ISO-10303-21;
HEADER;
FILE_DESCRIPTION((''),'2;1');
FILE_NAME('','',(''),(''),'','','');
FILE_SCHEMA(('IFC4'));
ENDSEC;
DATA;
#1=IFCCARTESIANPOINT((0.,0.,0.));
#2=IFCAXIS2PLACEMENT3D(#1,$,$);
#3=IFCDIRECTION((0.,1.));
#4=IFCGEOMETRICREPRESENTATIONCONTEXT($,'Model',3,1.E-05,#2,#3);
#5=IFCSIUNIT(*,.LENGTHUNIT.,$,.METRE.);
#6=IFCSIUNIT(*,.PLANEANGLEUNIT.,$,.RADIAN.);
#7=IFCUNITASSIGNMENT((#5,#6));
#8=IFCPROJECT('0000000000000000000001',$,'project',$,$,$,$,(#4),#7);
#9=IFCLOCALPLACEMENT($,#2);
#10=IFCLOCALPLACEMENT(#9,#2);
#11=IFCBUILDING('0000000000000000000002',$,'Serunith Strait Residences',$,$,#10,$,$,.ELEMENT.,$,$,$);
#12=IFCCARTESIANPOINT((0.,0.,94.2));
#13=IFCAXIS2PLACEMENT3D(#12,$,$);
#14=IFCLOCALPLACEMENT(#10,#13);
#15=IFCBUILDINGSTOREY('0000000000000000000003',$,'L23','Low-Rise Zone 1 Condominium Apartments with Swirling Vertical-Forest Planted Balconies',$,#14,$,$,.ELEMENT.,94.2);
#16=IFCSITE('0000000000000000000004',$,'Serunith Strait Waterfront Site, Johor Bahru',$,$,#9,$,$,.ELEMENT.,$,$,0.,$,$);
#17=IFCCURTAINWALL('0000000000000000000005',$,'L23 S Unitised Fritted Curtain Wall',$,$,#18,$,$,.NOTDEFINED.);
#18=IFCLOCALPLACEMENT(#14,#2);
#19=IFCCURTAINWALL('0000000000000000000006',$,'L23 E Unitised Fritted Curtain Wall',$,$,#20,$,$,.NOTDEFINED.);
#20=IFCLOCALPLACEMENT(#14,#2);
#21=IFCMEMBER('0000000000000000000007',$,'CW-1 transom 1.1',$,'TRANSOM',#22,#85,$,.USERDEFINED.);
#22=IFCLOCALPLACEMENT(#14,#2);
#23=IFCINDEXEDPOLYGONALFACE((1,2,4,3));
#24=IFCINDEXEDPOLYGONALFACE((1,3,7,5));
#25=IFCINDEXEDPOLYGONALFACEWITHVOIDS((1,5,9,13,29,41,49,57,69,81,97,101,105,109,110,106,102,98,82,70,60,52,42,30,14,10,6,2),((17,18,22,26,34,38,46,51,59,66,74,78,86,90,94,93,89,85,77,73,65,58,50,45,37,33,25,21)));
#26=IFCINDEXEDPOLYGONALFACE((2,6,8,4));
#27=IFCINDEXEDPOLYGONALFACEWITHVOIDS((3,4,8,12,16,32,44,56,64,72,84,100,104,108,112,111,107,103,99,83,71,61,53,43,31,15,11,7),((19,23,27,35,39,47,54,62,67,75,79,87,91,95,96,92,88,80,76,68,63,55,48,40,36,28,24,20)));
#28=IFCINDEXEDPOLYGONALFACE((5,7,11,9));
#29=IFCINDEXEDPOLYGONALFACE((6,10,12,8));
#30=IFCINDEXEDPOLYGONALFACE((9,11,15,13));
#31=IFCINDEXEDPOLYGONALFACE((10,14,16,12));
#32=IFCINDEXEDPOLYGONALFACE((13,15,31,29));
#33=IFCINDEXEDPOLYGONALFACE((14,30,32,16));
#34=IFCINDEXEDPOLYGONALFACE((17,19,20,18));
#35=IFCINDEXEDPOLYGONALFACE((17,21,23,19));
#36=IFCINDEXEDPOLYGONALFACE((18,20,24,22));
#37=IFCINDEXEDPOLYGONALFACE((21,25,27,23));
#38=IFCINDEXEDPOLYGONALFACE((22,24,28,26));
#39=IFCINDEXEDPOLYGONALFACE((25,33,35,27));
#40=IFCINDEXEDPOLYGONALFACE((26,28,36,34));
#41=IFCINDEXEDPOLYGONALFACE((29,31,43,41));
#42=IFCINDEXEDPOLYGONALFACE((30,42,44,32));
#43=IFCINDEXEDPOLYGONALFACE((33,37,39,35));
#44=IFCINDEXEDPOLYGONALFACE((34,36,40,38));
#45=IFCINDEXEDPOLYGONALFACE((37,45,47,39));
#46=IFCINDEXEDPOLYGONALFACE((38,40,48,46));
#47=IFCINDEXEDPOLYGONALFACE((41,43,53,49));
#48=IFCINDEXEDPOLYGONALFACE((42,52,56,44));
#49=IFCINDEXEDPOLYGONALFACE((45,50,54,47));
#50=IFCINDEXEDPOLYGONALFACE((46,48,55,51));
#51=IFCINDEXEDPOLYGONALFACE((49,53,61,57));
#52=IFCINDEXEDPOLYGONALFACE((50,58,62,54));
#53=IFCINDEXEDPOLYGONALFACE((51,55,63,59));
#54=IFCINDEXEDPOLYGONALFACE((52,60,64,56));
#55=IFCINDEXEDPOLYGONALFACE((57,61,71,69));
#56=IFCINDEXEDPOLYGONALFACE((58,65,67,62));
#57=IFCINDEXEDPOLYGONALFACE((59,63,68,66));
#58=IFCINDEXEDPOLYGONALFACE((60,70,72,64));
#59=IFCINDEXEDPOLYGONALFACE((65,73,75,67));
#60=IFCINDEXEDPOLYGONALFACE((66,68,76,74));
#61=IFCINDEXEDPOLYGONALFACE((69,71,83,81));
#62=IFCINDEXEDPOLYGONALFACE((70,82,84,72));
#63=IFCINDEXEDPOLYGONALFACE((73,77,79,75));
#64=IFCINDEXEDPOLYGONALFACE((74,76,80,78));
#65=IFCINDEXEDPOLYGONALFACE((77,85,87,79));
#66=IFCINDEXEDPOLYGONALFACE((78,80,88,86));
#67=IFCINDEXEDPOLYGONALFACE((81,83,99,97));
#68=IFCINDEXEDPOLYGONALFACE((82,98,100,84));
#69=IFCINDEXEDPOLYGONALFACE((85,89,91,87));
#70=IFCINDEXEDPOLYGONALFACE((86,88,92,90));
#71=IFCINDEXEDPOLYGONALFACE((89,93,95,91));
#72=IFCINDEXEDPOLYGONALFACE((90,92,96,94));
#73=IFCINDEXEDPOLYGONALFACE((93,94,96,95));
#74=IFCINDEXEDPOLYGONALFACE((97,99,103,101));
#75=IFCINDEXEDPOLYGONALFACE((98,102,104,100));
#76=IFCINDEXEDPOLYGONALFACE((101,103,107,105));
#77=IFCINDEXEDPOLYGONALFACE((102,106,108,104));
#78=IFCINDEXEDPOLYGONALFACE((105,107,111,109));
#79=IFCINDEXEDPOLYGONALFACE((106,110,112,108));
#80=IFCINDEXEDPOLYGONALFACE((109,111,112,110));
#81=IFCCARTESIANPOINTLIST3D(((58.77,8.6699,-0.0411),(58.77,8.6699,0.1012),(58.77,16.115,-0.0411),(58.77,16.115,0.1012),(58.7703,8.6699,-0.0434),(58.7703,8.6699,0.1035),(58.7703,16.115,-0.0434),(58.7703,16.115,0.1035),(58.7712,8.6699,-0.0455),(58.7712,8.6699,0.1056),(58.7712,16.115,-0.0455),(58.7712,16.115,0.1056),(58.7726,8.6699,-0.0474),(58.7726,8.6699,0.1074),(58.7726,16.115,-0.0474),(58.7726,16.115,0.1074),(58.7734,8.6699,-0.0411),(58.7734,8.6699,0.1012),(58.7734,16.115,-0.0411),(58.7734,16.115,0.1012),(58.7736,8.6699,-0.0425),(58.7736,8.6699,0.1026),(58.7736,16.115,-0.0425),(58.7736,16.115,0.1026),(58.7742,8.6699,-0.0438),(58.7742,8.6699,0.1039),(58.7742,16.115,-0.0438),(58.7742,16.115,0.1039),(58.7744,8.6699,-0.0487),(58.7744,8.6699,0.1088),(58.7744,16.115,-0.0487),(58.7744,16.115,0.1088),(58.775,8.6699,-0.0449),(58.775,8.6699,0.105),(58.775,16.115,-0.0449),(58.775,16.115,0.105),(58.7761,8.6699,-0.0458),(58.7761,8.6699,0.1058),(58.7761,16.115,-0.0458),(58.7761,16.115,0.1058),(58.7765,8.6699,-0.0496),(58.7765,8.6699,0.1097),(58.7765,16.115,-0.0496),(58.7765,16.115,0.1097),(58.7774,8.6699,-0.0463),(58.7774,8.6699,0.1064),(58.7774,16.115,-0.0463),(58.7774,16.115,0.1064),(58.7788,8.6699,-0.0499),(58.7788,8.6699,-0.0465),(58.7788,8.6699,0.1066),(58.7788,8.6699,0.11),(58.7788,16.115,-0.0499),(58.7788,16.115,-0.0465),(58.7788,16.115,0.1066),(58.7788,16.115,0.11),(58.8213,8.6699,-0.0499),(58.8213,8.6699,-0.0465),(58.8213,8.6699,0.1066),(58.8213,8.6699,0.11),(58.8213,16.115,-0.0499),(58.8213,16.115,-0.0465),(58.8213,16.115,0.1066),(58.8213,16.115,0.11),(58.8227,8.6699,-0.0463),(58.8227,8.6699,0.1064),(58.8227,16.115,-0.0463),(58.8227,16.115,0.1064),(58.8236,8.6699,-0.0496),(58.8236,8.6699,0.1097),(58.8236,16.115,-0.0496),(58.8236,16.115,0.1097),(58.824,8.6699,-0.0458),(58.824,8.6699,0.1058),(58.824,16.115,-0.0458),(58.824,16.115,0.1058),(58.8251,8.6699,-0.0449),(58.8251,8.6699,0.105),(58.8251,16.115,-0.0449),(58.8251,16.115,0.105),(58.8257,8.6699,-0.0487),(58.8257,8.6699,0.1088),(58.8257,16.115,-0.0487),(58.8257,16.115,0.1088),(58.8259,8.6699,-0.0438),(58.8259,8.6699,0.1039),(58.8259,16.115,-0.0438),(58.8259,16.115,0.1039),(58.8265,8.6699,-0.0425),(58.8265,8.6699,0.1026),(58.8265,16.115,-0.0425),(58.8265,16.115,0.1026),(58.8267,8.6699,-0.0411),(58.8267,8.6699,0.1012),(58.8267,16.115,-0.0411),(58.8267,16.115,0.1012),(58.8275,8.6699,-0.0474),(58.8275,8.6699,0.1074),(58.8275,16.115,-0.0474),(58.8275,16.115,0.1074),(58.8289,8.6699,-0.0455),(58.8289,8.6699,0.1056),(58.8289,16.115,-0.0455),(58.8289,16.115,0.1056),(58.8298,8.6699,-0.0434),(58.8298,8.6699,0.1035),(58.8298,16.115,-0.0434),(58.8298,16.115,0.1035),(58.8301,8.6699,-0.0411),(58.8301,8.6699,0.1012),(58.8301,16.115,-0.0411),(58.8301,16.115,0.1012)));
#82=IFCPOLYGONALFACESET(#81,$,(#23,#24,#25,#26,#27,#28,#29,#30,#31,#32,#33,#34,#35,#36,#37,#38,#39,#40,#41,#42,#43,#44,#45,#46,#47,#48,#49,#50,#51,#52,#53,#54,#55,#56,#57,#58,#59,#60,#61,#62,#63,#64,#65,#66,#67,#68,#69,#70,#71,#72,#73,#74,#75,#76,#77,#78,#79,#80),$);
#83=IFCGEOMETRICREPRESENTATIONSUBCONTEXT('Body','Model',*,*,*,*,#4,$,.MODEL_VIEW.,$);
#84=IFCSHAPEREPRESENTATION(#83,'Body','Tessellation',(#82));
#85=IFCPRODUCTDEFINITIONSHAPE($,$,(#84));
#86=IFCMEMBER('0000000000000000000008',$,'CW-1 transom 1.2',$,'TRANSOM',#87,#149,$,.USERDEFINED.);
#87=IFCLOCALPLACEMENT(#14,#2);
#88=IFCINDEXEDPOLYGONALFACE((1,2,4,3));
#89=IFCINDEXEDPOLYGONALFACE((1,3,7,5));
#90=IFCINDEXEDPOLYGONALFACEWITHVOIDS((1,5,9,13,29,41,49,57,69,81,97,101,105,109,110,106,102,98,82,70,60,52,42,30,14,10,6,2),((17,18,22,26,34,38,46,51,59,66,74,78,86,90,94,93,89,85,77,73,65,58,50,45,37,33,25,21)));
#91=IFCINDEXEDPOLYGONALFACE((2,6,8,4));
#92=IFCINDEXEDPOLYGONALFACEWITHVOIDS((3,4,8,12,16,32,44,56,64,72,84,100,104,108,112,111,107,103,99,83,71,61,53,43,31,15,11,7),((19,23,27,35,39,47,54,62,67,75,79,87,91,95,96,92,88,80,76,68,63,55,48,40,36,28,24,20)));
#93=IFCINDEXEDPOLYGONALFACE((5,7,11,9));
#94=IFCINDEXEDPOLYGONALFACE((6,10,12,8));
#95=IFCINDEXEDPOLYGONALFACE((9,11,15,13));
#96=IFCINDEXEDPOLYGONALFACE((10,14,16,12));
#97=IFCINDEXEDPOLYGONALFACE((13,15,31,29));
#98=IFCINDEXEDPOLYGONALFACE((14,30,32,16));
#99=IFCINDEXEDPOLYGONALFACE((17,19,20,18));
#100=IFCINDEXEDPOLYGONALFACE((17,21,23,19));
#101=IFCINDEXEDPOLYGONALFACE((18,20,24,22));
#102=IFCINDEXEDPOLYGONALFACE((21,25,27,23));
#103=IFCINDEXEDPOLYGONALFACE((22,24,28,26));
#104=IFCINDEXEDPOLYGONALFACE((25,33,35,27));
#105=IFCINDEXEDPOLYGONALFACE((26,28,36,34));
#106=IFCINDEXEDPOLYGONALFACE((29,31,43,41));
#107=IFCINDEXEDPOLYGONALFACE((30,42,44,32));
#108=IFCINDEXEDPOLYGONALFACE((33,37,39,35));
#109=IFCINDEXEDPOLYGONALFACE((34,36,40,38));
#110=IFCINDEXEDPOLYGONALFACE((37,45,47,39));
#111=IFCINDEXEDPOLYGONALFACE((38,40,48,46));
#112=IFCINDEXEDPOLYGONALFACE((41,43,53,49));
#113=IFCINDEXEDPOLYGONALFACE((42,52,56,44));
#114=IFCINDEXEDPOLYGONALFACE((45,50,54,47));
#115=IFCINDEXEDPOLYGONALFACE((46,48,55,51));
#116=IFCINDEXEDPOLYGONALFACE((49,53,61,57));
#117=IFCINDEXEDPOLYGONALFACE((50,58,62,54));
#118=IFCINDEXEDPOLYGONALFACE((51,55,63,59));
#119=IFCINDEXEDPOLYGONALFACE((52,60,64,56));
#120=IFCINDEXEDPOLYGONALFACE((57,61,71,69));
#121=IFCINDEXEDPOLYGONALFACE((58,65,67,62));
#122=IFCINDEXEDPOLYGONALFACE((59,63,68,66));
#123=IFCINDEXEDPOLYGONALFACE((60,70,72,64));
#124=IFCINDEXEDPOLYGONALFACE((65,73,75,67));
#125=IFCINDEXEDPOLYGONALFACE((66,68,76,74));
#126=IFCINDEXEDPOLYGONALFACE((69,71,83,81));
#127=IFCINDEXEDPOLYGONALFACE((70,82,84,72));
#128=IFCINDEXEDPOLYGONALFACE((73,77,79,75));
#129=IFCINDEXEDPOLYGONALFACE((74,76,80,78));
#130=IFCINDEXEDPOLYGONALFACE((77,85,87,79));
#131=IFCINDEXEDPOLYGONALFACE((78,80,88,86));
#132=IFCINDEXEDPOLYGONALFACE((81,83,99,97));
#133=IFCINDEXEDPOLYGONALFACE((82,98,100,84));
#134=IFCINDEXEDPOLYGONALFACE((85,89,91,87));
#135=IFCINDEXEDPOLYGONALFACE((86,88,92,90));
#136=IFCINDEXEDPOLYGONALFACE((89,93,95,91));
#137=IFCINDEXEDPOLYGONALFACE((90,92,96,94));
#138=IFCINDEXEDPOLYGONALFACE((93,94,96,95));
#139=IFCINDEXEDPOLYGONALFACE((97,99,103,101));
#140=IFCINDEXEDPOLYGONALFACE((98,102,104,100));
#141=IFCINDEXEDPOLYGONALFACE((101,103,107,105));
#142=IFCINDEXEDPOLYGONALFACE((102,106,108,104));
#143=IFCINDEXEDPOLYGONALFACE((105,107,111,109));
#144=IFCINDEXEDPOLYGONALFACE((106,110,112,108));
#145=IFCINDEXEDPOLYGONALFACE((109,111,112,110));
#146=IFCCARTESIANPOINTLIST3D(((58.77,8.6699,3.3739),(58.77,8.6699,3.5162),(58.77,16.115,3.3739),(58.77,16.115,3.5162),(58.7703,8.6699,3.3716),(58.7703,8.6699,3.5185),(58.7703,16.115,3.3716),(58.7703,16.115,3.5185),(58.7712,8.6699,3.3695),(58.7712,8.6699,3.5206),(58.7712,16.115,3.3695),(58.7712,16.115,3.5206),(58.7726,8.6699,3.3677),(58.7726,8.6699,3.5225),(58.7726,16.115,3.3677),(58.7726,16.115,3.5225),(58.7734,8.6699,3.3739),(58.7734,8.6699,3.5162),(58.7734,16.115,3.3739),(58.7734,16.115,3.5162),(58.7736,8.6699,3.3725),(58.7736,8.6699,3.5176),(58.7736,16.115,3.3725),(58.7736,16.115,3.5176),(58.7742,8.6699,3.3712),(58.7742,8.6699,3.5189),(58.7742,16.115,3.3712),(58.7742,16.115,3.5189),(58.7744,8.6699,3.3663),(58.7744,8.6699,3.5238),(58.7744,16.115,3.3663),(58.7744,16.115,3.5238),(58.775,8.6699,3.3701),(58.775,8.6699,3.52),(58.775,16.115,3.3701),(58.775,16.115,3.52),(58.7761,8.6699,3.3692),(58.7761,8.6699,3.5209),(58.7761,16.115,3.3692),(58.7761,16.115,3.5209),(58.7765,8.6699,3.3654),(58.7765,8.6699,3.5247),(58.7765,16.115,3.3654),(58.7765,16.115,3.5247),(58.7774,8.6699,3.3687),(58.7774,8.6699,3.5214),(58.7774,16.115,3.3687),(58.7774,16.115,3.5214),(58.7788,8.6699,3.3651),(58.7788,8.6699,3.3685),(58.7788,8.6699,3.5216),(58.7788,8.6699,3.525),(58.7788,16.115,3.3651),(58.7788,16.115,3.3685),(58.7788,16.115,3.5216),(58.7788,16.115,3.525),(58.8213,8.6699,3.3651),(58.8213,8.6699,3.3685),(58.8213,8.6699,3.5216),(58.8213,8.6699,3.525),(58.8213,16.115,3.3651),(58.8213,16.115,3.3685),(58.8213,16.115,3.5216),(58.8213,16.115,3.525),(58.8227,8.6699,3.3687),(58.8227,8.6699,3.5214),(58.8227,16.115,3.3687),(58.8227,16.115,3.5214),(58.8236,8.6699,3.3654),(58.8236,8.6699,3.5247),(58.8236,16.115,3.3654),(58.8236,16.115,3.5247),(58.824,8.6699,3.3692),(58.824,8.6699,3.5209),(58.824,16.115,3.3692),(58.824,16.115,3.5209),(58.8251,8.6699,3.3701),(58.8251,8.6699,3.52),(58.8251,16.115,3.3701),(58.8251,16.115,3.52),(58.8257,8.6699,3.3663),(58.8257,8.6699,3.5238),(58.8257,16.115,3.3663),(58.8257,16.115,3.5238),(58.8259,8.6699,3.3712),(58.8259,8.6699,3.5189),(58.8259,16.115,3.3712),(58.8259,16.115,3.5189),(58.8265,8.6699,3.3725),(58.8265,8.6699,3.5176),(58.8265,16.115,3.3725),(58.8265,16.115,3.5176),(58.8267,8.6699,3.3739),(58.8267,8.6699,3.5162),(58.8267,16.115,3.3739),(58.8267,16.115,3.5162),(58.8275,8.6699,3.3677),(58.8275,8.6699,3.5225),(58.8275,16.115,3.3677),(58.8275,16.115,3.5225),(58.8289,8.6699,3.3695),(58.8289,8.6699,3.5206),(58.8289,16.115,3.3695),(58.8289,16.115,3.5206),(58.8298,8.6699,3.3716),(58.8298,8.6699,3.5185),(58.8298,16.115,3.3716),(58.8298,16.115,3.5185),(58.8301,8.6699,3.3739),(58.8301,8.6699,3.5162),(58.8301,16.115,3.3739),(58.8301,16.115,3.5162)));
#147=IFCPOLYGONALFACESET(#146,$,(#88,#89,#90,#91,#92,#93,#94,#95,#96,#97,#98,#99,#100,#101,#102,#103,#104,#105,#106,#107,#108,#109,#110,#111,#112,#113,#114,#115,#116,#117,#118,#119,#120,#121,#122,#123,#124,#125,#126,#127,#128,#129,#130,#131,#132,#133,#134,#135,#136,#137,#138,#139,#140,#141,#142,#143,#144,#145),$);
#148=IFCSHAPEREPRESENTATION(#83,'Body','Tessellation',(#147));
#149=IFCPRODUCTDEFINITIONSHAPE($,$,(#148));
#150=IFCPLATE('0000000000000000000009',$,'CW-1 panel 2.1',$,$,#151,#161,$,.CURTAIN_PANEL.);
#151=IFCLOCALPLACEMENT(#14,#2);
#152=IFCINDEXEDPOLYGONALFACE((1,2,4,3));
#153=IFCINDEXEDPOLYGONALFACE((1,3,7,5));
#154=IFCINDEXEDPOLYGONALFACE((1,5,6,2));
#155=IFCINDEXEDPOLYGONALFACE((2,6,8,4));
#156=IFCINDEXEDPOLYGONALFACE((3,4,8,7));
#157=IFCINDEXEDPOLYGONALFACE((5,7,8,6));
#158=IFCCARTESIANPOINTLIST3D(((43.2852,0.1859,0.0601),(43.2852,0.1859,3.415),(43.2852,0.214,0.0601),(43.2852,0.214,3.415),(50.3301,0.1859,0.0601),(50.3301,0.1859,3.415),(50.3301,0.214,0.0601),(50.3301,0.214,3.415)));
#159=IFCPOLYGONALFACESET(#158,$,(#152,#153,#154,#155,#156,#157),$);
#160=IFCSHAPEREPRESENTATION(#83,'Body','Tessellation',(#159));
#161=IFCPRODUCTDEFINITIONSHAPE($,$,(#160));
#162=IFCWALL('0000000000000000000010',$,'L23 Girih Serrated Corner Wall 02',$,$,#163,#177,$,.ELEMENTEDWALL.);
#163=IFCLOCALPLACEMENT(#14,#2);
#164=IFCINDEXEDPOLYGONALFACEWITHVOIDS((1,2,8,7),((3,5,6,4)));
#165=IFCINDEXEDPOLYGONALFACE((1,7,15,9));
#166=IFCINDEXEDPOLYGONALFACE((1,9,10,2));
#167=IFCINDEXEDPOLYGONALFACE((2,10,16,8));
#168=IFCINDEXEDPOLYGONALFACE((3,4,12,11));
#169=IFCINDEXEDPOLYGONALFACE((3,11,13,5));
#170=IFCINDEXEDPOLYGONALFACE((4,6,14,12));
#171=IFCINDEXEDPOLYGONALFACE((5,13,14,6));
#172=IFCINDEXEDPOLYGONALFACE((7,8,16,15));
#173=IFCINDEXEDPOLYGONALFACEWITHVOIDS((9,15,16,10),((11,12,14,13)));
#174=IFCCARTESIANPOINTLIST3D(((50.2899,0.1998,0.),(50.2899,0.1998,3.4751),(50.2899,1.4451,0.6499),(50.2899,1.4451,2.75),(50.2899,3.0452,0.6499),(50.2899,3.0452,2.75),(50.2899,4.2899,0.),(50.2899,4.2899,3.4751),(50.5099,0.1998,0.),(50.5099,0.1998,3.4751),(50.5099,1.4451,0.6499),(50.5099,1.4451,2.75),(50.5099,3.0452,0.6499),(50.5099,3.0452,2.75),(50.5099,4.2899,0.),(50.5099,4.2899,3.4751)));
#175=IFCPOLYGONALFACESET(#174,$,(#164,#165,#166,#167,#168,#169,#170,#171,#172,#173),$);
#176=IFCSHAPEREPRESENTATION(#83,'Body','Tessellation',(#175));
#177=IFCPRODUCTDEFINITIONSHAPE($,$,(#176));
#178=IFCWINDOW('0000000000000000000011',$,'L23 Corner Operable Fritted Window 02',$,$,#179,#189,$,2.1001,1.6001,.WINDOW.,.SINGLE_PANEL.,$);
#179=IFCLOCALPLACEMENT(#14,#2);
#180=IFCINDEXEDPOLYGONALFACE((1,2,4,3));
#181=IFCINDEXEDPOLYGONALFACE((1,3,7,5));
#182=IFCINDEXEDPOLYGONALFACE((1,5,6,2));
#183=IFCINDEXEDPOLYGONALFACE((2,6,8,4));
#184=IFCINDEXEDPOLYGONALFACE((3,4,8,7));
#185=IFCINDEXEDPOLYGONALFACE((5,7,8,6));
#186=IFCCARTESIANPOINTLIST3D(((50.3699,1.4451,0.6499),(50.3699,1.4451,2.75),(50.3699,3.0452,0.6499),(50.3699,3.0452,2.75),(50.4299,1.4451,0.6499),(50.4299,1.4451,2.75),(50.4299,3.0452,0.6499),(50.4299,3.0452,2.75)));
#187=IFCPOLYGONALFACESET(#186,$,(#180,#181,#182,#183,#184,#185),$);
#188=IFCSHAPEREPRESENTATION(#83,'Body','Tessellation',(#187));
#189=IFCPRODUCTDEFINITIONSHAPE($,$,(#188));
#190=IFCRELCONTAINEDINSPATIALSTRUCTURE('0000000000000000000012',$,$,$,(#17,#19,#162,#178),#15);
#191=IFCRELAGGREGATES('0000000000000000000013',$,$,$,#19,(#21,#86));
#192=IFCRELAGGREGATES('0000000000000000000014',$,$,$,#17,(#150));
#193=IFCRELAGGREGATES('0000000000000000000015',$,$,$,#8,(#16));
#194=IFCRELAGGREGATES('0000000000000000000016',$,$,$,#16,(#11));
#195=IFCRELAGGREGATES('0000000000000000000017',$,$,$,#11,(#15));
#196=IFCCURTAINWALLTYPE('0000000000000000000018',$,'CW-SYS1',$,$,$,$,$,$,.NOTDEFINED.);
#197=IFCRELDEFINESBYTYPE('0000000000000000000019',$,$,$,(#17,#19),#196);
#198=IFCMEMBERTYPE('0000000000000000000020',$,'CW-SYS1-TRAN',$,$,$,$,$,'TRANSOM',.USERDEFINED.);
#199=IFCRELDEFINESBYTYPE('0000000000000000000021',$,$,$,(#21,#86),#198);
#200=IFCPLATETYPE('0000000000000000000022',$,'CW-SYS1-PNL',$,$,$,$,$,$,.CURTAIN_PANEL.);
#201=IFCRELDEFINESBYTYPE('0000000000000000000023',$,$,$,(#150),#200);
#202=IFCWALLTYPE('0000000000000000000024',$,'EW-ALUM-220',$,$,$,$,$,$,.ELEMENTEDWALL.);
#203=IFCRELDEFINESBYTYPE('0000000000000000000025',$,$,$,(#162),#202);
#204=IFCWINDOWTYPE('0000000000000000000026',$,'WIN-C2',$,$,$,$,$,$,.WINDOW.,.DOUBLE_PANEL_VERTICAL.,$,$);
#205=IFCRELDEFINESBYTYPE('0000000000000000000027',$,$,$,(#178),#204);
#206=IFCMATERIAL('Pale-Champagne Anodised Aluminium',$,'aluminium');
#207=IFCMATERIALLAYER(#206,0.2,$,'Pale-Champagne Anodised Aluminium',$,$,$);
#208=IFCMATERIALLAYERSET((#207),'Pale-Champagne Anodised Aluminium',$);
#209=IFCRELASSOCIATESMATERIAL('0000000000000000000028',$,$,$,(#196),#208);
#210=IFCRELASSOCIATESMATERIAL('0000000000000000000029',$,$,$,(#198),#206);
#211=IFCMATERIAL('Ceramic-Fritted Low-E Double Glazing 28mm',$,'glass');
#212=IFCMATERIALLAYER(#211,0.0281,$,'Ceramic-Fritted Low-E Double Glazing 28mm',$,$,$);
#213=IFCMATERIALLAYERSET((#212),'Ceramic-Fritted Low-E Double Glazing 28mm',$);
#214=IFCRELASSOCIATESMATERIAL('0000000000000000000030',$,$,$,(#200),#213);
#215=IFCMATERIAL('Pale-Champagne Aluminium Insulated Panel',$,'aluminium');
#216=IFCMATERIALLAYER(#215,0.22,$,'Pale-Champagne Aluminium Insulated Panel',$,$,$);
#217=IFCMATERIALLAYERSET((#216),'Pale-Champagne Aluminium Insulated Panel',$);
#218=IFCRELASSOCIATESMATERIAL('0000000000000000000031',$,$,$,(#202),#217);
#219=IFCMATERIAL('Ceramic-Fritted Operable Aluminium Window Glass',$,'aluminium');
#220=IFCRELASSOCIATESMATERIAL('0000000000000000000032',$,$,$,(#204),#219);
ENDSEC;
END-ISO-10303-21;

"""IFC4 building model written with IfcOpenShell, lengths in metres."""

from ifc_helpers import new_model, si_unit, direction, frame, frame_2d, origin, origin_2d, place, context, subcontext, project, spatial, rectangle, hollow_rectangle, extrude, source, transform, mapped, material, layer, layer_set, material_profile, profile_set, type_object, element, fill, aggregate, save


model = new_model("IFC4")

# Units and contexts
model_context = context("Model", 3, precision=1e-05, world=origin(), true_north=direction((0.0, 1.0)))
body_context = subcontext(model_context, "Body", "Model", "MODEL_VIEW")
ifc_project = project(units=[si_unit("LENGTHUNIT", "METRE"), si_unit("PLANEANGLEUNIT", "RADIAN")], contexts=[model_context])

# Site, building, storey
site_placement = place(None, origin())
site = spatial("IfcSite", under=ifc_project, at=site_placement, Name="Serunith Strait Waterfront Site, Johor Bahru", CompositionType="ELEMENT", RefElevation=0.0)
building_placement = place(site_placement, origin())
building = spatial("IfcBuilding", under=site, at=building_placement, Name="Serunith Strait Residences", CompositionType="ELEMENT")
storey_placement = place(building_placement, frame((0.0, 0.0, 94.2)))
storey = spatial("IfcBuildingStorey", under=building, at=storey_placement, Name="L23", Description="Low-Rise Zone 1 Condominium Apartments with Swirling Vertical-Forest Planted Balconies", CompositionType="ELEMENT", Elevation=94.2)

# Curtain wall
ifc_material_1 = material(Name="Pale-Champagne Anodised Aluminium", Category="aluminium")
ifc_layer_1 = layer(ifc_material_1, 0.2, Name="Pale-Champagne Anodised Aluminium")
ifc_layer_set_1 = layer_set([ifc_layer_1], Name="Pale-Champagne Anodised Aluminium")
curtain_wall_type = type_object("IfcCurtainWallType", Name="CW-SYS1", PredefinedType="NOTDEFINED", material=ifc_layer_set_1)
curtain_wall_1_placement = place(storey_placement, origin())
curtain_wall_1 = element("IfcCurtainWall", 1, at=curtain_wall_1_placement, inside=storey, type_object=curtain_wall_type, Name="L23 S Unitised Fritted Curtain Wall", PredefinedType="NOTDEFINED")

# Curtain wall, members
curtain_wall_2_placement = place(storey_placement, origin())
curtain_wall_2 = element("IfcCurtainWall", 2, at=curtain_wall_2_placement, inside=storey, type_object=curtain_wall_type, Name="L23 E Unitised Fritted Curtain Wall", PredefinedType="NOTDEFINED")
ifc_material_profile_1 = material_profile(ifc_material_1, hollow_rectangle(XDim=0.0601, YDim=0.1599, WallThickness=0.0034, InnerFilletRadius=0.0054, OuterFilletRadius=0.0088, at=origin_2d()), Name="ALU 160x60x3.5")
ifc_profile_set_1 = profile_set([ifc_material_profile_1], Name="Pale-Champagne Anodised Aluminium")
member_type_1 = type_object("IfcMemberType", Name="CW-SYS1-TRAN", ElementType="TRANSOM", PredefinedType="USERDEFINED", material=ifc_profile_set_1)
shared_shape_1 = source(origin(), body_context, "Body", "SweptSolid", [
    extrude(hollow_rectangle(XDim=0.0601, YDim=0.1599, WallThickness=0.0034, InnerFilletRadius=0.0054, OuterFilletRadius=0.0088, at=origin_2d()), origin(), (0.0, 0.0, 1.0), 7.4451),
])
member_1_placement = place(storey_placement, frame((58.8, 8.6699, 0.03), z_axis=(0.0, 1.0, 0.0), x_axis=(-1.0, 0.0, 0.0)))
member_1 = element("IfcMember", 3, at=member_1_placement, type_object=member_type_1, Name="CW-1 transom 1.1", ObjectType="TRANSOM", PredefinedType="USERDEFINED", context=body_context, shape_type="MappedRepresentation", body=[
    mapped(shared_shape_1, transform((0.0, 0.0, 0.0), scale=1.0)),
])
member_2_placement = place(storey_placement, frame((58.8, 8.6699, 3.4451), z_axis=(0.0, 1.0, 0.0), x_axis=(-1.0, 0.0, 0.0)))
member_2 = element("IfcMember", 4, at=member_2_placement, type_object=member_type_1, Name="CW-1 transom 1.2", ObjectType="TRANSOM", PredefinedType="USERDEFINED", context=body_context, shape_type="MappedRepresentation", body=[
    mapped(shared_shape_1, transform((0.0, 0.0, 0.0), scale=1.0)),
])
aggregate(curtain_wall_2, [member_1, member_2])

# Plate
ifc_material_2 = material(Name="Ceramic-Fritted Low-E Double Glazing 28mm", Category="glass")
ifc_layer_2 = layer(ifc_material_2, 0.0281, Name="Ceramic-Fritted Low-E Double Glazing 28mm")
ifc_layer_set_2 = layer_set([ifc_layer_2], Name="Ceramic-Fritted Low-E Double Glazing 28mm")
plate_type = type_object("IfcPlateType", Name="CW-SYS1-PNL", PredefinedType="CURTAIN_PANEL", material=ifc_layer_set_2)
shared_shape_2 = source(origin(), body_context, "Body", "SweptSolid", [
    extrude(rectangle(XDim=7.0449, YDim=0.0281, at=origin_2d()), origin(), (0.0, 0.0, 1.0), 3.355),
])
plate_placement = place(storey_placement, frame((46.8076, 0.2, 0.0601), z_axis=(0.0, 0.0, 1.0), x_axis=(1.0, 0.0, 0.0)))
plate = element("IfcPlate", 5, at=plate_placement, type_object=plate_type, Name="CW-1 panel 2.1", PredefinedType="CURTAIN_PANEL", context=body_context, shape_type="MappedRepresentation", body=[
    mapped(shared_shape_2, transform((0.0, 0.0, 0.0), scale=1.0)),
])
aggregate(curtain_wall_1, [plate])

# Wall, opening, window
ifc_material_3 = material(Name="Pale-Champagne Aluminium Insulated Panel", Category="aluminium")
ifc_layer_3 = layer(ifc_material_3, 0.22, Name="Pale-Champagne Aluminium Insulated Panel")
ifc_layer_set_3 = layer_set([ifc_layer_3], Name="Pale-Champagne Aluminium Insulated Panel")
wall_type_1 = type_object("IfcWallType", Name="EW-ALUM-220", PredefinedType="ELEMENTEDWALL", material=ifc_layer_set_3)
wall_1_placement = place(storey_placement, frame((50.3999, 0.2, 0.0), z_axis=(0.0, 0.0, 1.0), x_axis=(0.0, 1.0, 0.0)))
wall_1 = element("IfcWall", 6, at=wall_1_placement, inside=storey, type_object=wall_type_1, Name="L23 Girih Serrated Corner Wall 02", PredefinedType="ELEMENTEDWALL", context=body_context, shape_type="SweptSolid", body=[
    extrude(rectangle(XDim=4.0901, YDim=0.22, at=frame_2d((2.0449, 0.0))), origin(), (0.0, 0.0, 1.0), 3.4751),
])
opening_1_placement = place(wall_1_placement, frame((1.2451, 0.0, 0.6499)))
opening_1 = element("IfcOpeningElement", 7, at=opening_1_placement, cuts=wall_1, PredefinedType="OPENING", context=body_context, shape_type="SweptSolid", body=[
    extrude(rectangle(XDim=1.6001, YDim=2.1001, at=frame_2d((0.8, 1.05))), frame((0.0, 0.1201, 0.0), z_axis=(0.0, -1.0, 0.0), x_axis=(1.0, 0.0, 0.0)), (0.0, 0.0, 1.0), 0.24),
])
ifc_material_4 = material(Name="Ceramic-Fritted Operable Aluminium Window Glass", Category="aluminium")
window_type = type_object("IfcWindowType", Name="WIN-C2", PartitioningType="DOUBLE_PANEL_VERTICAL", PredefinedType="WINDOW", material=ifc_material_4)
shared_shape_3 = source(origin(), body_context, "Body", "SweptSolid", [
    extrude(rectangle(XDim=1.6001, YDim=2.1001, at=frame_2d((0.8, 1.05))), frame((0.0, 0.03, 0.0), z_axis=(0.0, -1.0, 0.0), x_axis=(1.0, 0.0, 0.0)), (0.0, 0.0, 1.0), 0.0601),
])
window_1_placement = place(opening_1_placement, origin())
window_1 = element("IfcWindow", 8, at=window_1_placement, inside=storey, type_object=window_type, Name="L23 Corner Operable Fritted Window 02", OverallHeight=2.1001, OverallWidth=1.6001, PartitioningType="SINGLE_PANEL", PredefinedType="WINDOW", context=body_context, shape_type="MappedRepresentation", body=[
    mapped(shared_shape_3, transform((0.0, 0.0, 0.0), scale=1.0)),
])
fill(opening_1, window_1)

save(model, "model.ifc")
